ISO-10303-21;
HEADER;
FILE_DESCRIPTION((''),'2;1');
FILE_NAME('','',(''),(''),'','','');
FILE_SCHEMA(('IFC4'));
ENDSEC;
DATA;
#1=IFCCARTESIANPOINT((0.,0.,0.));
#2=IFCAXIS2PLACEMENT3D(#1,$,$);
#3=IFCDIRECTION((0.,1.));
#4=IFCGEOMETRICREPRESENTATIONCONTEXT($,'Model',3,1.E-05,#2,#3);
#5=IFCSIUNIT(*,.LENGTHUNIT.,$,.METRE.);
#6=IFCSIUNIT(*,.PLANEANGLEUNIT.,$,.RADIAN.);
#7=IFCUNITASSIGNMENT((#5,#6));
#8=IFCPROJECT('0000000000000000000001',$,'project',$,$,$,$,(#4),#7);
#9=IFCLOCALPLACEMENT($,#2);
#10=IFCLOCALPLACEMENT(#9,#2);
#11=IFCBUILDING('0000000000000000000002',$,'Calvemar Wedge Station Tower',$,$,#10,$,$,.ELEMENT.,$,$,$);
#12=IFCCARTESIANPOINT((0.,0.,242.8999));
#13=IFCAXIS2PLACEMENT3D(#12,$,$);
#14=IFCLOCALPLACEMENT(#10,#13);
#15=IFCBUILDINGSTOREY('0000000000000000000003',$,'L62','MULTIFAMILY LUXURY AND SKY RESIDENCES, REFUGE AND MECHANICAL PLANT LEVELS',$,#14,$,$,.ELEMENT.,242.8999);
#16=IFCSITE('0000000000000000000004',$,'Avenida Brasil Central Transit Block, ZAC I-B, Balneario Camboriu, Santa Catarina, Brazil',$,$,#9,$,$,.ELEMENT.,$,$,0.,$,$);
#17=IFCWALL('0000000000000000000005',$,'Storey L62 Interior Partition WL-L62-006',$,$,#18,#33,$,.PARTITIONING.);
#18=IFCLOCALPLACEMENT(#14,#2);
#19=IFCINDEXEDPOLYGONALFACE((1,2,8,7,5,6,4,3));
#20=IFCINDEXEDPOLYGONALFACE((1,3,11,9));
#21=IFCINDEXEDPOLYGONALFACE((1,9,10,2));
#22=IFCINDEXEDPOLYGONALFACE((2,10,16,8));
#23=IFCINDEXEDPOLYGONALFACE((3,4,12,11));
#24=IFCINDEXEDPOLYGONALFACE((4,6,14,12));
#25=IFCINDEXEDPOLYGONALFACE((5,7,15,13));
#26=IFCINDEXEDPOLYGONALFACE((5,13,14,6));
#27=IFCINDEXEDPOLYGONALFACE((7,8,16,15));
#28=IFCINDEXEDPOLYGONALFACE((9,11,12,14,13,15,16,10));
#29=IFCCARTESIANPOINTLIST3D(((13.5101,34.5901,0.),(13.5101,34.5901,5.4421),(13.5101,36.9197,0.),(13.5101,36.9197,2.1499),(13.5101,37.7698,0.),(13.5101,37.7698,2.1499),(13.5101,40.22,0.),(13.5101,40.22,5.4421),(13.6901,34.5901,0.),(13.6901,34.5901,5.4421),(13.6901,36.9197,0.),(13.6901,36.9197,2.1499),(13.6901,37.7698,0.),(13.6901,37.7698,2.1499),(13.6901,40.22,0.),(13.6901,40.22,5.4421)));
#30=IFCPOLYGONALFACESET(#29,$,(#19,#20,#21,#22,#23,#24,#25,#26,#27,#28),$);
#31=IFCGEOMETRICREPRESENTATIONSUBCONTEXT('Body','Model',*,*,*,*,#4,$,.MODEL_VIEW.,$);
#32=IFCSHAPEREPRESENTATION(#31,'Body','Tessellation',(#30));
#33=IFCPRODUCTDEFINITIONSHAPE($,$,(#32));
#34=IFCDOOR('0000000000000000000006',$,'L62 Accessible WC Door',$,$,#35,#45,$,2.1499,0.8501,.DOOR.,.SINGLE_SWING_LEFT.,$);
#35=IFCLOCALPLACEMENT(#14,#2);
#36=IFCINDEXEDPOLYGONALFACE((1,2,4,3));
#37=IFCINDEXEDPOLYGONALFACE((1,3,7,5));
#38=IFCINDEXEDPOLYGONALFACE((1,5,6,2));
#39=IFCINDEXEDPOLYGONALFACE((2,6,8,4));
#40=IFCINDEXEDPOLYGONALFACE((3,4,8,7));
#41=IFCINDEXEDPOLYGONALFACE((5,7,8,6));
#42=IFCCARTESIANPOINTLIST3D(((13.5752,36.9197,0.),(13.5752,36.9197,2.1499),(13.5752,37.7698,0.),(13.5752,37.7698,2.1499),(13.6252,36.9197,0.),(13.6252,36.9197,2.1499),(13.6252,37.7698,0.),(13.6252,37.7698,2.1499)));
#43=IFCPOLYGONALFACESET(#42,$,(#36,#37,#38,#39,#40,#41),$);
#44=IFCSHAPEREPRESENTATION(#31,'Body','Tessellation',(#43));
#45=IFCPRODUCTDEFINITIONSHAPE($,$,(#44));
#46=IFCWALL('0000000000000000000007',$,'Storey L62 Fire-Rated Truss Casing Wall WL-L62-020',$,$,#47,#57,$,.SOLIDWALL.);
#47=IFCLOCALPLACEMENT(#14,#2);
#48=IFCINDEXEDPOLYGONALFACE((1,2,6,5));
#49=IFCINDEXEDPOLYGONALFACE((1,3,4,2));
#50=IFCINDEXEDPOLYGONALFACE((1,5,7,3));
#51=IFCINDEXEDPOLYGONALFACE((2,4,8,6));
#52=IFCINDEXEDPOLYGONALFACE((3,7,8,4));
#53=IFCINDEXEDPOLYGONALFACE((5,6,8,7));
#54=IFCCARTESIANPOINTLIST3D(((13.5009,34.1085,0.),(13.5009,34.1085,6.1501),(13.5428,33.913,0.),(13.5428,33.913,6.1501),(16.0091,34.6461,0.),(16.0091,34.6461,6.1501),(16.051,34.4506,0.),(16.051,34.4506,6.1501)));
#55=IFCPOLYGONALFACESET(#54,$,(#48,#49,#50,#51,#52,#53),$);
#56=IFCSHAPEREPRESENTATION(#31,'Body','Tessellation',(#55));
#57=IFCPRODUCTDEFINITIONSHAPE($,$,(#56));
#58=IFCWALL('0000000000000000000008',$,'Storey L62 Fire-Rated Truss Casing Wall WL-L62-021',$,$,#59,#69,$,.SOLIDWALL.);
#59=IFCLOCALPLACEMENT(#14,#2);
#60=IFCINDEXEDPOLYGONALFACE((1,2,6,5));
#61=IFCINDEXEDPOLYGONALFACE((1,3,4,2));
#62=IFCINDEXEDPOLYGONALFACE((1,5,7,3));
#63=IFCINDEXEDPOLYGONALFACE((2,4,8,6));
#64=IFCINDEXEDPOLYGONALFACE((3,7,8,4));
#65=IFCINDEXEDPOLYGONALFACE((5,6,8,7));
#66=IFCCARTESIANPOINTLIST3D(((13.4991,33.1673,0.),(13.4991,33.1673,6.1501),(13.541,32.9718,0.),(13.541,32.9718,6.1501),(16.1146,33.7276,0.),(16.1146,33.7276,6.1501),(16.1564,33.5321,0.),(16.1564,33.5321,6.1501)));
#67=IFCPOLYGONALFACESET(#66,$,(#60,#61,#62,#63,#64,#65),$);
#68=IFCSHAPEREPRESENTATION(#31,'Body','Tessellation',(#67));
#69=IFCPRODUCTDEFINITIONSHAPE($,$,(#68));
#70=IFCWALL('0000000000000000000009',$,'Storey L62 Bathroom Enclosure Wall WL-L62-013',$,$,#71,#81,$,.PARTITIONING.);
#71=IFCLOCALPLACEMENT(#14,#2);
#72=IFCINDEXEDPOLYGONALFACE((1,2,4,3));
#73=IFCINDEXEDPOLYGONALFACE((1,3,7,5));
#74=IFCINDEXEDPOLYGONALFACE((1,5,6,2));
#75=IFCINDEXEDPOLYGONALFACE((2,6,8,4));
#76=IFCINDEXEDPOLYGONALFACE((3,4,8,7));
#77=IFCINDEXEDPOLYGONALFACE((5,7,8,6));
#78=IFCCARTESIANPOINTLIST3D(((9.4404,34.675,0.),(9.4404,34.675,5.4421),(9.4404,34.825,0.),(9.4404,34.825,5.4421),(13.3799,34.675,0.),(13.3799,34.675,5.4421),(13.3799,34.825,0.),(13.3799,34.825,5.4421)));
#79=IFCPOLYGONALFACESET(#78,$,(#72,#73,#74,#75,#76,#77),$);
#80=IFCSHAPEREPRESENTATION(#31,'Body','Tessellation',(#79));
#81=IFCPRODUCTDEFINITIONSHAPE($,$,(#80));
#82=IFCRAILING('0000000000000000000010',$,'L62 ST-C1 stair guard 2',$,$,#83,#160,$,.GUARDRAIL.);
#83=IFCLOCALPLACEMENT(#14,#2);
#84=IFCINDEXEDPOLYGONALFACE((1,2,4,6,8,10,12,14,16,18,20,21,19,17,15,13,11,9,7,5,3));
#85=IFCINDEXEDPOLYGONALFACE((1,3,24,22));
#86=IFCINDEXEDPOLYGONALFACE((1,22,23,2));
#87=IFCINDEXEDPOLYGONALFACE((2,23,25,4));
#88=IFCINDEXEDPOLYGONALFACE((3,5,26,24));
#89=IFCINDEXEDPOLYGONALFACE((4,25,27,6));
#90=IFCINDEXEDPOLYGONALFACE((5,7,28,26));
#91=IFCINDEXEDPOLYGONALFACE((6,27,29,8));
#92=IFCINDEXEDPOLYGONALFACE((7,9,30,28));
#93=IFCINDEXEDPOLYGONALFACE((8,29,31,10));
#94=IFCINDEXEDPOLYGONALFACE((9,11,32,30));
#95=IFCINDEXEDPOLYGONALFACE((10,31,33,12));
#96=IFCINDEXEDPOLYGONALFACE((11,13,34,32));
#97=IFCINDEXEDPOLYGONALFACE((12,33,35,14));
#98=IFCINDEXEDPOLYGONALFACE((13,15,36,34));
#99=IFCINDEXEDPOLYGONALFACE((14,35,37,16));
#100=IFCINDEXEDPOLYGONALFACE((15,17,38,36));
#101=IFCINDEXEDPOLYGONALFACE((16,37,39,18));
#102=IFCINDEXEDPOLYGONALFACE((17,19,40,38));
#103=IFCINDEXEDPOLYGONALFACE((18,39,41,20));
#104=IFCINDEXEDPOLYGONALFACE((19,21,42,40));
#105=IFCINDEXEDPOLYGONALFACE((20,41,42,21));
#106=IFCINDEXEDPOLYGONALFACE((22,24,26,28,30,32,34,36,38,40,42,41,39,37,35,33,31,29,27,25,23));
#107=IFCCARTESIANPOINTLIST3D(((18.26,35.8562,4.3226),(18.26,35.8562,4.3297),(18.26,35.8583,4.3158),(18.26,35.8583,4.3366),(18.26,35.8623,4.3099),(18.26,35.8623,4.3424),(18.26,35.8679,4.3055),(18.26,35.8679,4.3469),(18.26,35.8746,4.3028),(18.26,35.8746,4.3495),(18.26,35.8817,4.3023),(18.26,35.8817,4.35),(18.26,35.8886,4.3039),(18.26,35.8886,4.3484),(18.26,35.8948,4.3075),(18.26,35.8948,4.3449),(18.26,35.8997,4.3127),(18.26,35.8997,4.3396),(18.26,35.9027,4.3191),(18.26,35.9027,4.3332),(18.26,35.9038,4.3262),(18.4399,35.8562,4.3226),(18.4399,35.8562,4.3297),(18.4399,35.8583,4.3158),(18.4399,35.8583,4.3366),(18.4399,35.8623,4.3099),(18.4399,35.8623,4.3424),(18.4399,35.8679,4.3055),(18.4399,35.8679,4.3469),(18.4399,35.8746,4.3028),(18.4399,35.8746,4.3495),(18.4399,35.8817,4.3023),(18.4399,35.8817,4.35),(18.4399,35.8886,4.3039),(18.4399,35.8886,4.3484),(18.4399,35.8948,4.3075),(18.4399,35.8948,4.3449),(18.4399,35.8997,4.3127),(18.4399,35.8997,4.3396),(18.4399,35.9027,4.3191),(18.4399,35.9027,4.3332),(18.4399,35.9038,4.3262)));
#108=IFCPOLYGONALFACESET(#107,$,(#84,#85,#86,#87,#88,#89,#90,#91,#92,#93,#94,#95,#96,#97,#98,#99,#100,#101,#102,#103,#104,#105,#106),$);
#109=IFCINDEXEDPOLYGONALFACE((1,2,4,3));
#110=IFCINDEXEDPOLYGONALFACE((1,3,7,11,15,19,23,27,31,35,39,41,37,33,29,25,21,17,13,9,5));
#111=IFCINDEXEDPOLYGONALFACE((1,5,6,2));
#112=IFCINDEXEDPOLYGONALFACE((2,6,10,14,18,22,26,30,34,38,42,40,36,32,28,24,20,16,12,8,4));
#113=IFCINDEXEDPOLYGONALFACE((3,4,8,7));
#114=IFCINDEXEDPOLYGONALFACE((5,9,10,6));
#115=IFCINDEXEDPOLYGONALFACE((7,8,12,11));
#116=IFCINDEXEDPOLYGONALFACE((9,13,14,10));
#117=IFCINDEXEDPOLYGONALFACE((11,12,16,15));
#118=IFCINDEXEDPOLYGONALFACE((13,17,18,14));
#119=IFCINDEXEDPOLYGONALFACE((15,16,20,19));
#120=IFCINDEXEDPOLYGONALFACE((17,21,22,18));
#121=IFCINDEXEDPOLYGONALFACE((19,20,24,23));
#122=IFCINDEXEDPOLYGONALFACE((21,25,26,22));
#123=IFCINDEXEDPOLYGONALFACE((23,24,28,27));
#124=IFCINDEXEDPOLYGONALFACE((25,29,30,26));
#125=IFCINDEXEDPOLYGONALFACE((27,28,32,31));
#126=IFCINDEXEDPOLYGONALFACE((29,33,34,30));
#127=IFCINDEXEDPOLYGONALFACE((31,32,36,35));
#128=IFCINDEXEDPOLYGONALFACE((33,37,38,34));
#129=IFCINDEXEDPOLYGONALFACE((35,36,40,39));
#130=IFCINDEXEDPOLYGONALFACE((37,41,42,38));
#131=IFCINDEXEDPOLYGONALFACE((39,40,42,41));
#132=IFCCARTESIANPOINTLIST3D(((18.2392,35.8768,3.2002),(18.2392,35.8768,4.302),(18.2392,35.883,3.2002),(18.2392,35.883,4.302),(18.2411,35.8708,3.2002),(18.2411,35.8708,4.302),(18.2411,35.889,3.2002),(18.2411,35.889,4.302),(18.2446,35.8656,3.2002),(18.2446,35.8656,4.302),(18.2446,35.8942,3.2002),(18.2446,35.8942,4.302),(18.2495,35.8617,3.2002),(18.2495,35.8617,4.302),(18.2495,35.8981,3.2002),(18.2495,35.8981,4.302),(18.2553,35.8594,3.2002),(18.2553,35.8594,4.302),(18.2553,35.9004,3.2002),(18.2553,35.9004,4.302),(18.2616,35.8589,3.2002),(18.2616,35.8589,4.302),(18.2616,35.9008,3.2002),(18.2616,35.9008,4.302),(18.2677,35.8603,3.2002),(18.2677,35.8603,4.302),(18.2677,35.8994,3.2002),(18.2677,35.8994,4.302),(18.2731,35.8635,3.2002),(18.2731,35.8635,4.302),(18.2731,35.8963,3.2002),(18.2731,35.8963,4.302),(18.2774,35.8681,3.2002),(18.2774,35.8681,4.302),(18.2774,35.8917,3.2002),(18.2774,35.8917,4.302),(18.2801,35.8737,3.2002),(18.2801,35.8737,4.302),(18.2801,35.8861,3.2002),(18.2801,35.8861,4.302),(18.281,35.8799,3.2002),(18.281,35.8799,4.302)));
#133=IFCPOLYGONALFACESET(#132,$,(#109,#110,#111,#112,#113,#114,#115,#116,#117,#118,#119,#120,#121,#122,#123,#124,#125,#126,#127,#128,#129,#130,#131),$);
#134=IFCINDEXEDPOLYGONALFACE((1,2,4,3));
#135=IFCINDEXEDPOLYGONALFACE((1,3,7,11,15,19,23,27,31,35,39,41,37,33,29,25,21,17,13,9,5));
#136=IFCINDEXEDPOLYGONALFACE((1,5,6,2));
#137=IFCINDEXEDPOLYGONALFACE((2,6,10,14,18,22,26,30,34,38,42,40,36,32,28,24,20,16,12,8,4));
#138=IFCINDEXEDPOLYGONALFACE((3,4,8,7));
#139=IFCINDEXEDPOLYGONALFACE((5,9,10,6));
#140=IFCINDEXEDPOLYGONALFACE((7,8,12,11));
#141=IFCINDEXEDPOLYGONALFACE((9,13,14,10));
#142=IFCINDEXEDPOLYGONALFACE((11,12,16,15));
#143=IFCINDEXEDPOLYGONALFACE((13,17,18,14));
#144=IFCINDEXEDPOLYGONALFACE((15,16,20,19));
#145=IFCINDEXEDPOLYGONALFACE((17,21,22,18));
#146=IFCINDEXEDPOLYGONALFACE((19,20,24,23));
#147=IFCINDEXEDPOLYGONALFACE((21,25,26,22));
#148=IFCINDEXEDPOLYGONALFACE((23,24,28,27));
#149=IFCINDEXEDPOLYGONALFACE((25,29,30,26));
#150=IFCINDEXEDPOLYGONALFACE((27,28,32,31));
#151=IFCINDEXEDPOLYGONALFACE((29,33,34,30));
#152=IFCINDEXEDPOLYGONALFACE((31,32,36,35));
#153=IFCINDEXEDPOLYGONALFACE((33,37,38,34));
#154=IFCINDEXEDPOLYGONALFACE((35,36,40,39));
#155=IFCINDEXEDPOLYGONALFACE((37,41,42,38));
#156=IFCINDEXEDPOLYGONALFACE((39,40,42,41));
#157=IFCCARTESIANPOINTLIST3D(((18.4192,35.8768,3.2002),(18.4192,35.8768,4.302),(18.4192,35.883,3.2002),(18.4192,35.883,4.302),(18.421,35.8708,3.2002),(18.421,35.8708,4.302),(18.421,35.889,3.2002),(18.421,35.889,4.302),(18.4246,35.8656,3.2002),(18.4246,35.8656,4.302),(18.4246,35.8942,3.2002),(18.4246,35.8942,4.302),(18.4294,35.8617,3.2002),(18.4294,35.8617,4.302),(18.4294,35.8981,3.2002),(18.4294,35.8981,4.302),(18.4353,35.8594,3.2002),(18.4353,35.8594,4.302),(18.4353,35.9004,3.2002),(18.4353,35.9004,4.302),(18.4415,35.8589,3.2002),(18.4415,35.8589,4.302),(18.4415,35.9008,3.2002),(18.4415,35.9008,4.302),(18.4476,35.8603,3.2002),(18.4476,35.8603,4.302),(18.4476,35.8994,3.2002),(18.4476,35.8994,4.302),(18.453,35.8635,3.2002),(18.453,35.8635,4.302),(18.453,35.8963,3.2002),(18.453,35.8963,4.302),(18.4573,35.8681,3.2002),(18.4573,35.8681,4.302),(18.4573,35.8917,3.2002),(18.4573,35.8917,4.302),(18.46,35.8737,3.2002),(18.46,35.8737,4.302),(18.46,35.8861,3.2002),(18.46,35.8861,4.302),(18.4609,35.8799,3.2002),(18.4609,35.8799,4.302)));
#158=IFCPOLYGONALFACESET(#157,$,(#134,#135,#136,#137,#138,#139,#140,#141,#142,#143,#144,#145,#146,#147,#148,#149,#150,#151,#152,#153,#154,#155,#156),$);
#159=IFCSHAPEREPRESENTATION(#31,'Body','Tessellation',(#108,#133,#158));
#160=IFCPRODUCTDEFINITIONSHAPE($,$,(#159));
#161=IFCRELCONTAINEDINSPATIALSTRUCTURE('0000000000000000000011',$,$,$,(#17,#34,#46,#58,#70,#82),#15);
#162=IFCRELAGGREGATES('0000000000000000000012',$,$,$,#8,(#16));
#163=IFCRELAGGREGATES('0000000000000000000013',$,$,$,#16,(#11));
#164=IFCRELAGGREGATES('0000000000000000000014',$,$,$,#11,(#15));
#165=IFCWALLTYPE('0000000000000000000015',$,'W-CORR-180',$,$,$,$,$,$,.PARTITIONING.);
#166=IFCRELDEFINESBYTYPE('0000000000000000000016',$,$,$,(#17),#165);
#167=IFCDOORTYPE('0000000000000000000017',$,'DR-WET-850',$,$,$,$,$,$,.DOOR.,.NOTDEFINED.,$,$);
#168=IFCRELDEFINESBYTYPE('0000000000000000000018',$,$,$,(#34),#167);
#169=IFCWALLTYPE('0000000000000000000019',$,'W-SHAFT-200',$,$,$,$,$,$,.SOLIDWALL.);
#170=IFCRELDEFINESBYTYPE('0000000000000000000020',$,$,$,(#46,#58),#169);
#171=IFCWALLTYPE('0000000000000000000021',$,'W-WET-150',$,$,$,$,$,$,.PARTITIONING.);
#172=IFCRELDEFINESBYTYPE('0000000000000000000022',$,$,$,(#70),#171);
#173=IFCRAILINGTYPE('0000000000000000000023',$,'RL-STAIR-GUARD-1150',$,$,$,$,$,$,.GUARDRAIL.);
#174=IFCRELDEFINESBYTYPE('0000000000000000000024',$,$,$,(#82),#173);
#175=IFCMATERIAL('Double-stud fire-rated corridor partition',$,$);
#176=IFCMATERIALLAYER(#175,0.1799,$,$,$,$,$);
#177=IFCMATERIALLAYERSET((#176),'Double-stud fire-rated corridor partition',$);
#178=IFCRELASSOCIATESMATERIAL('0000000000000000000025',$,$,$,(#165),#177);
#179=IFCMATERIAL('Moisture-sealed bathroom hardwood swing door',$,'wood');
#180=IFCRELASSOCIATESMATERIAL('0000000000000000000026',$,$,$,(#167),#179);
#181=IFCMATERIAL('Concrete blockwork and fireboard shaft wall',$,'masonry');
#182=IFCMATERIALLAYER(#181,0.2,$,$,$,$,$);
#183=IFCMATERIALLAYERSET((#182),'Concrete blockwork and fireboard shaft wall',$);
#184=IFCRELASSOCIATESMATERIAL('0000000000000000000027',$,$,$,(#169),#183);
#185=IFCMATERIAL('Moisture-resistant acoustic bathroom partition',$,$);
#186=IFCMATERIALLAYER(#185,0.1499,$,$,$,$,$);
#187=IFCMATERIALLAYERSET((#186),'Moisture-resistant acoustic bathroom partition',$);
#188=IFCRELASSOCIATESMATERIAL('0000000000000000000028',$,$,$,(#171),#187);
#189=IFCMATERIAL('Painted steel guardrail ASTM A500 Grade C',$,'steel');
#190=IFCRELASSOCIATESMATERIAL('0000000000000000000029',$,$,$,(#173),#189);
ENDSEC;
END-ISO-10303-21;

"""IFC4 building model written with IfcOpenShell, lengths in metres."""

from ifc_helpers import new_model, si_unit, direction, frame, frame_2d, origin, origin_2d, place, context, subcontext, project, spatial, rectangle, circle, extrude, source, transform, mapped, material, layer, layer_set, type_object, element, fill, save


model = new_model("IFC4")

# Units and contexts
model_context = context("Model", 3, precision=1e-05, world=origin(), true_north=direction((0.0, 1.0)))
body_context = subcontext(model_context, "Body", "Model", "MODEL_VIEW")
ifc_project = project(units=[si_unit("LENGTHUNIT", "METRE"), si_unit("PLANEANGLEUNIT", "RADIAN")], contexts=[model_context])

# Site, building, storey
site_placement = place(None, origin())
site = spatial("IfcSite", under=ifc_project, at=site_placement, Name="Avenida Brasil Central Transit Block, ZAC I-B, Balneario Camboriu, Santa Catarina, Brazil", CompositionType="ELEMENT", RefElevation=0.0)
building_placement = place(site_placement, origin())
building = spatial("IfcBuilding", under=site, at=building_placement, Name="Calvemar Wedge Station Tower", CompositionType="ELEMENT")
storey_placement = place(building_placement, frame((0.0, 0.0, 242.8999)))
storey = spatial("IfcBuildingStorey", under=building, at=storey_placement, Name="L62", Description="MULTIFAMILY LUXURY AND SKY RESIDENCES, REFUGE AND MECHANICAL PLANT LEVELS", CompositionType="ELEMENT", Elevation=242.8999)

# Wall, opening, door
ifc_material_1 = material(Name="Double-stud fire-rated corridor partition")
ifc_layer_1 = layer(ifc_material_1, 0.1799)
ifc_layer_set_1 = layer_set([ifc_layer_1], Name="Double-stud fire-rated corridor partition")
wall_type_1 = type_object("IfcWallType", Name="W-CORR-180", PredefinedType="PARTITIONING", material=ifc_layer_set_1)
wall_1_placement = place(storey_placement, frame((13.6001, 34.5901, 0.0), z_axis=(0.0, 0.0, 1.0), x_axis=(0.0, 1.0, 0.0)))
wall_1 = element("IfcWall", 1, at=wall_1_placement, inside=storey, type_object=wall_type_1, Name="Storey L62 Interior Partition WL-L62-006", PredefinedType="PARTITIONING", context=body_context, shape_type="SweptSolid", body=[
    extrude(rectangle(XDim=5.6299, YDim=0.1799, at=frame_2d((2.8149, 0.0))), origin(), (0.0, 0.0, 1.0), 5.4421),
])
shared_shape_1 = source(origin(), body_context, "Body", "SweptSolid", [
    extrude(rectangle(XDim=0.8501, YDim=2.1499, at=frame_2d((0.425, 1.075))), frame((0.0, 0.1001, 0.0), z_axis=(0.0, -1.0, 0.0), x_axis=(1.0, 0.0, 0.0)), (0.0, 0.0, 1.0), 0.2),
])
opening_1_placement = place(wall_1_placement, frame((2.3296, 0.0, 0.0)))
opening_1 = element("IfcOpeningElement", 2, at=opening_1_placement, cuts=wall_1, PredefinedType="OPENING", context=body_context, shape_type="MappedRepresentation", body=[
    mapped(shared_shape_1, transform((0.0, 0.0, 0.0), scale=1.0)),
])
ifc_material_2 = material(Name="Moisture-sealed bathroom hardwood swing door", Category="wood")
door_type_1 = type_object("IfcDoorType", Name="DR-WET-850", OperationType="NOTDEFINED", PredefinedType="DOOR", material=ifc_material_2)
shared_shape_2 = source(origin(), body_context, "Body", "SweptSolid", [
    extrude(rectangle(XDim=0.8501, YDim=2.1499, at=frame_2d((0.425, 1.075))), frame((0.0, 0.0249, 0.0), z_axis=(0.0, -1.0, 0.0), x_axis=(1.0, 0.0, 0.0)), (0.0, 0.0, 1.0), 0.05),
])
door_1_placement = place(opening_1_placement, origin())
door_1 = element("IfcDoor", 3, at=door_1_placement, inside=storey, type_object=door_type_1, Name="L62 Accessible WC Door", OperationType="SINGLE_SWING_LEFT", OverallHeight=2.1499, OverallWidth=0.8501, PredefinedType="DOOR", context=body_context, shape_type="MappedRepresentation", body=[
    mapped(shared_shape_2, transform((0.0, 0.0, 0.0), scale=1.0)),
])
fill(opening_1, door_1)

# Walls
ifc_material_3 = material(Name="Concrete blockwork and fireboard shaft wall", Category="masonry")
ifc_layer_2 = layer(ifc_material_3, 0.2)
ifc_layer_set_2 = layer_set([ifc_layer_2], Name="Concrete blockwork and fireboard shaft wall")
wall_type_2 = type_object("IfcWallType", Name="W-SHAFT-200", PredefinedType="SOLIDWALL", material=ifc_layer_set_2)
wall_2_placement = place(storey_placement, frame((13.5217, 34.0107, 0.0), z_axis=(0.0, 0.0, 1.0), x_axis=(0.977794, 0.209568, 0.0)))
element("IfcWall", 4, at=wall_2_placement, inside=storey, type_object=wall_type_2, Name="Storey L62 Fire-Rated Truss Casing Wall WL-L62-020", PredefinedType="SOLIDWALL", context=body_context, shape_type="SweptSolid", body=[
    extrude(rectangle(XDim=2.5652, YDim=0.2, at=frame_2d((1.2827, 0.0))), origin(), (0.0, 0.0, 1.0), 6.1501),
])
wall_3_placement = place(storey_placement, frame((16.1355, 33.6299, 0.0), z_axis=(0.0, 0.0, 1.0), x_axis=(-0.977814, -0.209473, 0.0)))
element("IfcWall", 5, at=wall_3_placement, inside=storey, type_object=wall_type_2, Name="Storey L62 Fire-Rated Truss Casing Wall WL-L62-021", PredefinedType="SOLIDWALL", context=body_context, shape_type="SweptSolid", body=[
    extrude(rectangle(XDim=2.6748, YDim=0.2, at=frame_2d((1.3374, 0.0))), origin(), (0.0, 0.0, 1.0), 6.1501),
])
ifc_material_4 = material(Name="Moisture-resistant acoustic bathroom partition")
ifc_layer_3 = layer(ifc_material_4, 0.1499)
ifc_layer_set_3 = layer_set([ifc_layer_3], Name="Moisture-resistant acoustic bathroom partition")
wall_type_3 = type_object("IfcWallType", Name="W-WET-150", PredefinedType="PARTITIONING", material=ifc_layer_set_3)
wall_4_placement = place(storey_placement, frame((13.3799, 34.75, 0.0), z_axis=(0.0, 0.0, 1.0), x_axis=(-1.0, 0.0, 0.0)))
element("IfcWall", 6, at=wall_4_placement, inside=storey, type_object=wall_type_3, Name="Storey L62 Bathroom Enclosure Wall WL-L62-013", PredefinedType="PARTITIONING", context=body_context, shape_type="SweptSolid", body=[
    extrude(rectangle(XDim=3.9395, YDim=0.1499, at=frame_2d((1.9697, 0.0))), origin(), (0.0, 0.0, 1.0), 5.4421),
])

# Railing
ifc_material_5 = material(Name="Painted steel guardrail ASTM A500 Grade C", Category="steel")
railing_type = type_object("IfcRailingType", Name="RL-STAIR-GUARD-1150", PredefinedType="GUARDRAIL", material=ifc_material_5)
railing_placement = place(storey_placement, frame((18.26, 35.8799, 3.2002)))
element("IfcRailing", 7, at=railing_placement, inside=storey, type_object=railing_type, Name="L62 ST-C1 stair guard 2", PredefinedType="GUARDRAIL", context=body_context, shape_type="SweptSolid", body=[
    extrude(circle(Radius=0.0239, at=origin_2d()), frame((0.0, 0.0, 1.126), z_axis=(1.0, 0.0, 0.0), x_axis=(0.0, 1.0, 0.0)), (0.0, 0.0, 1.0), 0.1799),
    extrude(circle(Radius=0.021, at=origin_2d()), origin(), (0.0, 0.0, 1.0), 1.1018),
    extrude(circle(Radius=0.021, at=origin_2d()), frame((0.1799, 0.0, 0.0)), (0.0, 0.0, 1.0), 1.1018),
])

save(model, "model.ifc")
